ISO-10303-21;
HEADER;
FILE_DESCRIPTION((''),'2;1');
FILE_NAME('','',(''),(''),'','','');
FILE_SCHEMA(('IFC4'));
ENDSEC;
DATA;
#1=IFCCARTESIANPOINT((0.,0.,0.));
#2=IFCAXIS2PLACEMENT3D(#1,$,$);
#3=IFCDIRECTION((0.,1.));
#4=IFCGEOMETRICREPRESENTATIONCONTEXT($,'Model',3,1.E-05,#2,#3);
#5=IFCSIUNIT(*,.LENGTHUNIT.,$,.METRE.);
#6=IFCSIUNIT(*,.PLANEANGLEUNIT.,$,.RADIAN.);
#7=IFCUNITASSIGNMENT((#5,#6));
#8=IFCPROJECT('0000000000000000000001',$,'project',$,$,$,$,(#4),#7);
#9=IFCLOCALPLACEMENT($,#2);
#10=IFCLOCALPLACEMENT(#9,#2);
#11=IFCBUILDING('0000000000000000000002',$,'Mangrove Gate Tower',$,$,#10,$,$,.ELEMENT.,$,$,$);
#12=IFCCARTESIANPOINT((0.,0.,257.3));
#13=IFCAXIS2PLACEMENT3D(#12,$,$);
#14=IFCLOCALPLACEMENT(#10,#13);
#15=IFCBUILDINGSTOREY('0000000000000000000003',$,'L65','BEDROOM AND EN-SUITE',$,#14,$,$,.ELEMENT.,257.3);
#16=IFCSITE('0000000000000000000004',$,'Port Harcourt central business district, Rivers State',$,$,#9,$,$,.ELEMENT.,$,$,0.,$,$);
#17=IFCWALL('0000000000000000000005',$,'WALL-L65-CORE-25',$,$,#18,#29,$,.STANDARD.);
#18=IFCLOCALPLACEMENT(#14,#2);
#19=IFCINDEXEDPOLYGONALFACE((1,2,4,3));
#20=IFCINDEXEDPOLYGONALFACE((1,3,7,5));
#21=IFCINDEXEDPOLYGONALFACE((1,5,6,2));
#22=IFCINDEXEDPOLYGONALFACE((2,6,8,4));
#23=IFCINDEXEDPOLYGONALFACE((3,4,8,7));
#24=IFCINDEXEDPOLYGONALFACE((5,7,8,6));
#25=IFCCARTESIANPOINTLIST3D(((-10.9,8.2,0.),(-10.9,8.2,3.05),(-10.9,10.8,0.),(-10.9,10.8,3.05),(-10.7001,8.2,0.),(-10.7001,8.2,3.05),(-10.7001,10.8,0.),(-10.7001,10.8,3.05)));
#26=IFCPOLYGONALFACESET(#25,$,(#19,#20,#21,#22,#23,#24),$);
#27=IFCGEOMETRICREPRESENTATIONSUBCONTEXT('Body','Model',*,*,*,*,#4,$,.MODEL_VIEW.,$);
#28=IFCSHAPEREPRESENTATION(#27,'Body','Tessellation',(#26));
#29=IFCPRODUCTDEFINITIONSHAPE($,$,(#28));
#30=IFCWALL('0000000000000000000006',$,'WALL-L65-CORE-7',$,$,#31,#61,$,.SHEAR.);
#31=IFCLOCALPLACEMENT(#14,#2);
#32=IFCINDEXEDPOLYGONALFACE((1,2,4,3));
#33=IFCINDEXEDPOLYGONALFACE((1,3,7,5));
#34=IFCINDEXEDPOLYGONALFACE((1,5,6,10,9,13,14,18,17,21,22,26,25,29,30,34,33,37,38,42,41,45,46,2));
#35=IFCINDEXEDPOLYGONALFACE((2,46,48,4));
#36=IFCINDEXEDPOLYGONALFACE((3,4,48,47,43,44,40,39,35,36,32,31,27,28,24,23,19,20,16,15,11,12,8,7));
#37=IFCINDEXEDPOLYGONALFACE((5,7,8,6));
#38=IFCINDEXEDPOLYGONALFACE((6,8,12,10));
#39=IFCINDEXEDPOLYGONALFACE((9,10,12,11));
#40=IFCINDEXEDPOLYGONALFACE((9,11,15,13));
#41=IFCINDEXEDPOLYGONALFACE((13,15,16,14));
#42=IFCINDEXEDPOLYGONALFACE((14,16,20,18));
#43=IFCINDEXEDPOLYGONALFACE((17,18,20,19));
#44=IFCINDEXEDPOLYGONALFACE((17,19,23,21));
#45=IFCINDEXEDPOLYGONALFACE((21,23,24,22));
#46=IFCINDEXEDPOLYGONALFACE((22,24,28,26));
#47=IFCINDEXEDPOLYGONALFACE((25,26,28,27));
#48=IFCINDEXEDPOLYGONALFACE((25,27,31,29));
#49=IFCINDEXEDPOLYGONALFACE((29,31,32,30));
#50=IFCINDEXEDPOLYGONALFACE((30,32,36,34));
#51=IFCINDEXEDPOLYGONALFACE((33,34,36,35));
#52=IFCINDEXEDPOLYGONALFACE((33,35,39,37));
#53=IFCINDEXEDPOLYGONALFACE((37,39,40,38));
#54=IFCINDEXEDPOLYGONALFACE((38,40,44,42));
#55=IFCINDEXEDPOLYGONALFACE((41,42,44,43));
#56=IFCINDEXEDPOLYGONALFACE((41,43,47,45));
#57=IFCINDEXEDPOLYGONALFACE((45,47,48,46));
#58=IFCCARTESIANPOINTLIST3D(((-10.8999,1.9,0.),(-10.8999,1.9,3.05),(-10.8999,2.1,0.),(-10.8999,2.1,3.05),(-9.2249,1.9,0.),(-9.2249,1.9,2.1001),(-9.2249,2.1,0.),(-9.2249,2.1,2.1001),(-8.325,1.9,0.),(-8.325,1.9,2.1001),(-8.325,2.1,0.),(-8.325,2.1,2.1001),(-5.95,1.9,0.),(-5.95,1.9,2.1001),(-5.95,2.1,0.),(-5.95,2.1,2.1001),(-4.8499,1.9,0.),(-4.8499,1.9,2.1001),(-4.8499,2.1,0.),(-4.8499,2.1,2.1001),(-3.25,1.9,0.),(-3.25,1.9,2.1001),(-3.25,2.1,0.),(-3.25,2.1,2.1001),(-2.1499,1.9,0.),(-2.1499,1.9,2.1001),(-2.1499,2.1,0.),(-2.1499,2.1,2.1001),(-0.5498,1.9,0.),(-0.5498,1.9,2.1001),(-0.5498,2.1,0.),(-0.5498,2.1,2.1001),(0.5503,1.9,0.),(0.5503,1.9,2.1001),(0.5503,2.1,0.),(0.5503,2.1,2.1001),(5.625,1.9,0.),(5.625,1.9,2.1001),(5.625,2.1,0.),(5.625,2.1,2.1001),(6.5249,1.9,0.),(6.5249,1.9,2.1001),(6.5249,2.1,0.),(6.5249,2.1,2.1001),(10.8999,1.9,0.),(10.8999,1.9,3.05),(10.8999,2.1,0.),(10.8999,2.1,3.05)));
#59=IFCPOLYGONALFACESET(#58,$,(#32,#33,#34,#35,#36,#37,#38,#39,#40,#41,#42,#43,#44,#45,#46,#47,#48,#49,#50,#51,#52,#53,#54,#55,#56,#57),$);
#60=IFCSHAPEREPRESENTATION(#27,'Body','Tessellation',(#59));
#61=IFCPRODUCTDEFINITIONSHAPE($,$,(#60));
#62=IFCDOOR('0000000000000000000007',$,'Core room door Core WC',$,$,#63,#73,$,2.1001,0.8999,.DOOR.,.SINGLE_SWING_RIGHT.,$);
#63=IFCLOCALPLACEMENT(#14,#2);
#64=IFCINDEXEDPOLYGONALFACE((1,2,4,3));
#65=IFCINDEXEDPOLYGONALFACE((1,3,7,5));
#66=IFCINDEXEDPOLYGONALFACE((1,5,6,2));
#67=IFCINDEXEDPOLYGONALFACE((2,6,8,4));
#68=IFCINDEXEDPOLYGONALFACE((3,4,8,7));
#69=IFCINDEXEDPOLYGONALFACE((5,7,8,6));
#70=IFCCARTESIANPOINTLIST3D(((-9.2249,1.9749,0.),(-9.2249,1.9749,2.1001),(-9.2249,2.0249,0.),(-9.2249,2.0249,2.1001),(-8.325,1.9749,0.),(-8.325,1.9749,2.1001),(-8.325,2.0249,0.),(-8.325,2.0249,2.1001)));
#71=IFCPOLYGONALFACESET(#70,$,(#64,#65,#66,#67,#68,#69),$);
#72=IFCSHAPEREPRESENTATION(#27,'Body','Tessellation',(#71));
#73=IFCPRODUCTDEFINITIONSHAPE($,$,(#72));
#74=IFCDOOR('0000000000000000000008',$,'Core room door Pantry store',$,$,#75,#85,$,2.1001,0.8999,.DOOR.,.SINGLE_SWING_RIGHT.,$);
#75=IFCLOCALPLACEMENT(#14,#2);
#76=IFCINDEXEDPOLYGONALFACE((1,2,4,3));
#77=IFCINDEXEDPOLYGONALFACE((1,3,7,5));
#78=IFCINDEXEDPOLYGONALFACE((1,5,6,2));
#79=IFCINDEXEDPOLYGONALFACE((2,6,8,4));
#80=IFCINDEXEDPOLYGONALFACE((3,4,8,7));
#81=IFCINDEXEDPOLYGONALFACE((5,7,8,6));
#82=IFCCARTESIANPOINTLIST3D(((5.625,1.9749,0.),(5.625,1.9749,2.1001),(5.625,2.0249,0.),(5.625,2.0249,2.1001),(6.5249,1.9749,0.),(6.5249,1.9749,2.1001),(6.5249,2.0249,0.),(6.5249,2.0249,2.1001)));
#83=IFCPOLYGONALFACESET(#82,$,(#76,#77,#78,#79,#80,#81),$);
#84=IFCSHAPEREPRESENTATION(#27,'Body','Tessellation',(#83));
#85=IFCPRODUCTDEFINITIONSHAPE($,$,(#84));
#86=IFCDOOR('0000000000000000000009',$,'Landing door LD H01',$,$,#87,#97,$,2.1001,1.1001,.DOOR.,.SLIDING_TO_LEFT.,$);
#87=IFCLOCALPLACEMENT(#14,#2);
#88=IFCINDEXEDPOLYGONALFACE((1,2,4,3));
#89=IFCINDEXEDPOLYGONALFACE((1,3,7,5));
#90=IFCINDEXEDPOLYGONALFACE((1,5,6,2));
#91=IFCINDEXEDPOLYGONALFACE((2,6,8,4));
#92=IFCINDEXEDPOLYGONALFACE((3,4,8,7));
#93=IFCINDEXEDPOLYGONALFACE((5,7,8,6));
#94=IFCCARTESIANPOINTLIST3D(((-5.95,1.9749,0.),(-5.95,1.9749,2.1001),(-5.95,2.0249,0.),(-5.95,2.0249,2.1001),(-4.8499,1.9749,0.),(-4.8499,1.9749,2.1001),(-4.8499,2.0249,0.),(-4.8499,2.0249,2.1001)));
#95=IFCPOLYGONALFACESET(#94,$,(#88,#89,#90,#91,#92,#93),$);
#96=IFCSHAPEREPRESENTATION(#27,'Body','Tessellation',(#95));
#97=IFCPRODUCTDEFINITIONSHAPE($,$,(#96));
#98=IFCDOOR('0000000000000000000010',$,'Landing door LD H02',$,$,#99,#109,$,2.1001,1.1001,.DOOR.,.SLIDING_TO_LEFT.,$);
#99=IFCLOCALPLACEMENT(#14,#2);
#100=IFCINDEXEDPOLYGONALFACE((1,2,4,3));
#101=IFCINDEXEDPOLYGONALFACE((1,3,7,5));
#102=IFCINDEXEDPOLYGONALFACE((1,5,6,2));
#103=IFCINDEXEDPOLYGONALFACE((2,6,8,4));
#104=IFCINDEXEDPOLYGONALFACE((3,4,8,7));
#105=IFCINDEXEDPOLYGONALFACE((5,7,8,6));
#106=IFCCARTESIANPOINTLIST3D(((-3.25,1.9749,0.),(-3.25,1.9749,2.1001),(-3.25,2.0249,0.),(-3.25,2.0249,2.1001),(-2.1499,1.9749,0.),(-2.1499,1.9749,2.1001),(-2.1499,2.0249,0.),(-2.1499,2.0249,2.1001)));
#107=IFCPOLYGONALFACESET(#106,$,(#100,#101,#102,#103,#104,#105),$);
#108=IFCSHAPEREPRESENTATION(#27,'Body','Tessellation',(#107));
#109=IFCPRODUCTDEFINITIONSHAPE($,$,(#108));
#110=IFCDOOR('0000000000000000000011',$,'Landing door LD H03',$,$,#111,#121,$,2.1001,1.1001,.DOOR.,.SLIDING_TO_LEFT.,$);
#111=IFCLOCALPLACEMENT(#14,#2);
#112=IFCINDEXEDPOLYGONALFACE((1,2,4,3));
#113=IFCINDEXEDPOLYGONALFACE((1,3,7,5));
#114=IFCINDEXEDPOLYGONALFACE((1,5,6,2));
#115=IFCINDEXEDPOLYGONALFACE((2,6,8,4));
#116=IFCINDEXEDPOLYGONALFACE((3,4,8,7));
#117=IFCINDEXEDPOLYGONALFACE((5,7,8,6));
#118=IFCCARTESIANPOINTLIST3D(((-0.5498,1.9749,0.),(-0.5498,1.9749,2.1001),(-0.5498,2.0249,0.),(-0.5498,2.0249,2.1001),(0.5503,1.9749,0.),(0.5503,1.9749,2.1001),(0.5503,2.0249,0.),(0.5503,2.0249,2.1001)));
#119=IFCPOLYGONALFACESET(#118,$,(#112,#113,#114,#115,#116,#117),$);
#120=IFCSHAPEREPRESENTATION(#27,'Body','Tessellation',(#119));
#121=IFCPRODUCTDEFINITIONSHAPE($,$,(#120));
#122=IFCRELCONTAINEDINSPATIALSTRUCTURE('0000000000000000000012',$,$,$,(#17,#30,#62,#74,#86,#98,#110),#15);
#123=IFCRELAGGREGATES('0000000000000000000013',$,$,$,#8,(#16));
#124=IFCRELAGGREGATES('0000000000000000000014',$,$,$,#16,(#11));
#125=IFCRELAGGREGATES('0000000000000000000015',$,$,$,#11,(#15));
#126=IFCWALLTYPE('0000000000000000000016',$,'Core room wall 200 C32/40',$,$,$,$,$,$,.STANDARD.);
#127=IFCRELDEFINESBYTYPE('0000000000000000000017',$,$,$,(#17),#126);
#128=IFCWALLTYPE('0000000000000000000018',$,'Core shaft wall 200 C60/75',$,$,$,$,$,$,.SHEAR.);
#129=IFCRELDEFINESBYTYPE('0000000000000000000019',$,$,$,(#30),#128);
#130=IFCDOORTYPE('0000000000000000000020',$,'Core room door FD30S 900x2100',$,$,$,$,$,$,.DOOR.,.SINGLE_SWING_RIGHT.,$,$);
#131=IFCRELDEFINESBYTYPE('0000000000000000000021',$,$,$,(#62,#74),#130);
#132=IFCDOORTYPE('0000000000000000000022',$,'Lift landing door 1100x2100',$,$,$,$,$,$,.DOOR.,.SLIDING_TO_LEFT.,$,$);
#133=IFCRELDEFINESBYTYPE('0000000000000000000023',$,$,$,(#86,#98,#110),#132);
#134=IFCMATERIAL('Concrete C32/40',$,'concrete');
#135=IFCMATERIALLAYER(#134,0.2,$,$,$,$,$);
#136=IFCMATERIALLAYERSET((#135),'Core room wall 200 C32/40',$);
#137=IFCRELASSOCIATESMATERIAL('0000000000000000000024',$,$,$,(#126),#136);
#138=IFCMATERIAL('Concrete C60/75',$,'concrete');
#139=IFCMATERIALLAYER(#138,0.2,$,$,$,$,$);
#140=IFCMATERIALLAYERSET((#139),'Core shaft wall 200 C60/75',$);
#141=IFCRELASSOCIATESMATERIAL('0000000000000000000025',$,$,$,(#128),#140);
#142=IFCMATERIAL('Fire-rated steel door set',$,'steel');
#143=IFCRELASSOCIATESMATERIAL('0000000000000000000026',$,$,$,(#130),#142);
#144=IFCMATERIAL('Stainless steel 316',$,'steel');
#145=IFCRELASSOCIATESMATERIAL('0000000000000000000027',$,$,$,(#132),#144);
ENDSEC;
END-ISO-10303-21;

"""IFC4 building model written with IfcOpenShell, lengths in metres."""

from ifc_helpers import new_model, si_unit, direction, frame, frame_2d, origin, place, context, subcontext, project, spatial, rectangle, extrude, material, layer, layer_set, type_object, element, fill, save


model = new_model("IFC4")

# Units and contexts
model_context = context("Model", 3, precision=1e-05, world=origin(), true_north=direction((0.0, 1.0)))
body_context = subcontext(model_context, "Body", "Model", "MODEL_VIEW")
ifc_project = project(units=[si_unit("LENGTHUNIT", "METRE"), si_unit("PLANEANGLEUNIT", "RADIAN")], contexts=[model_context])

# Site, building, storey
site_placement = place(None, origin())
site = spatial("IfcSite", under=ifc_project, at=site_placement, Name="Port Harcourt central business district, Rivers State", CompositionType="ELEMENT", RefElevation=0.0)
building_placement = place(site_placement, origin())
building = spatial("IfcBuilding", under=site, at=building_placement, Name="Mangrove Gate Tower", CompositionType="ELEMENT")
storey_placement = place(building_placement, frame((0.0, 0.0, 257.3)))
storey = spatial("IfcBuildingStorey", under=building, at=storey_placement, Name="L65", Description="BEDROOM AND EN-SUITE", CompositionType="ELEMENT", Elevation=257.3)

# Wall
ifc_material_1 = material(Name="Concrete C32/40", Category="concrete")
ifc_layer_1 = layer(ifc_material_1, 0.2)
ifc_layer_set_1 = layer_set([ifc_layer_1], Name="Core room wall 200 C32/40")
wall_type_1 = type_object("IfcWallType", Name="Core room wall 200 C32/40", PredefinedType="STANDARD", material=ifc_layer_set_1)
wall_1_placement = place(storey_placement, frame((-10.8, 8.2, 0.0), z_axis=(0.0, 0.0, 1.0), x_axis=(0.0, 1.0, 0.0)))
element("IfcWall", 1, at=wall_1_placement, inside=storey, type_object=wall_type_1, Name="WALL-L65-CORE-25", PredefinedType="STANDARD", context=body_context, shape_type="SweptSolid", body=[
    extrude(rectangle(XDim=2.6001, YDim=0.2, at=frame_2d((1.3, 0.0))), origin(), (0.0, 0.0, 1.0), 3.05),
])

# Wall, openings, doors
ifc_material_2 = material(Name="Concrete C60/75", Category="concrete")
ifc_layer_2 = layer(ifc_material_2, 0.2)
ifc_layer_set_2 = layer_set([ifc_layer_2], Name="Core shaft wall 200 C60/75")
wall_type_2 = type_object("IfcWallType", Name="Core shaft wall 200 C60/75", PredefinedType="SHEAR", material=ifc_layer_set_2)
wall_2_placement = place(storey_placement, frame((-10.8999, 2.0, 0.0), z_axis=(0.0, 0.0, 1.0), x_axis=(1.0, 0.0, 0.0)))
wall_2 = element("IfcWall", 2, at=wall_2_placement, inside=storey, type_object=wall_type_2, Name="WALL-L65-CORE-7", PredefinedType="SHEAR", context=body_context, shape_type="SweptSolid", body=[
    extrude(rectangle(XDim=21.7998, YDim=0.2, at=frame_2d((10.8999, 0.0))), origin(), (0.0, 0.0, 1.0), 3.05),
])
opening_1_placement = place(wall_2_placement, frame((4.95, 0.0, 0.0)))
opening_1 = element("IfcOpeningElement", 3, at=opening_1_placement, cuts=wall_2, PredefinedType="OPENING", context=body_context, shape_type="SweptSolid", body=[
    extrude(rectangle(XDim=1.1001, YDim=2.1001, at=frame_2d((0.55, 1.05))), frame((0.0, 0.1099, 0.0), z_axis=(0.0, -1.0, 0.0), x_axis=(1.0, 0.0, 0.0)), (0.0, 0.0, 1.0), 0.22),
])
opening_2_placement = place(wall_2_placement, frame((7.6499, 0.0, 0.0)))
opening_2 = element("IfcOpeningElement", 4, at=opening_2_placement, cuts=wall_2, PredefinedType="OPENING", context=body_context, shape_type="SweptSolid", body=[
    extrude(rectangle(XDim=1.1001, YDim=2.1001, at=frame_2d((0.55, 1.05))), frame((0.0, 0.1099, 0.0), z_axis=(0.0, -1.0, 0.0), x_axis=(1.0, 0.0, 0.0)), (0.0, 0.0, 1.0), 0.22),
])
opening_3_placement = place(wall_2_placement, frame((10.3501, 0.0, 0.0)))
opening_3 = element("IfcOpeningElement", 5, at=opening_3_placement, cuts=wall_2, PredefinedType="OPENING", context=body_context, shape_type="SweptSolid", body=[
    extrude(rectangle(XDim=1.1001, YDim=2.1001, at=frame_2d((0.55, 1.05))), frame((0.0, 0.1099, 0.0), z_axis=(0.0, -1.0, 0.0), x_axis=(1.0, 0.0, 0.0)), (0.0, 0.0, 1.0), 0.22),
])
opening_4_placement = place(wall_2_placement, frame((1.675, 0.0, 0.0)))
opening_4 = element("IfcOpeningElement", 6, at=opening_4_placement, cuts=wall_2, PredefinedType="OPENING", context=body_context, shape_type="SweptSolid", body=[
    extrude(rectangle(XDim=0.8999, YDim=2.1001, at=frame_2d((0.45, 1.05))), frame((0.0, 0.1099, 0.0), z_axis=(0.0, -1.0, 0.0), x_axis=(1.0, 0.0, 0.0)), (0.0, 0.0, 1.0), 0.22),
])
opening_5_placement = place(wall_2_placement, frame((16.5249, 0.0, 0.0)))
opening_5 = element("IfcOpeningElement", 7, at=opening_5_placement, cuts=wall_2, PredefinedType="OPENING", context=body_context, shape_type="SweptSolid", body=[
    extrude(rectangle(XDim=0.8999, YDim=2.1001, at=frame_2d((0.45, 1.05))), frame((0.0, 0.1099, 0.0), z_axis=(0.0, -1.0, 0.0), x_axis=(1.0, 0.0, 0.0)), (0.0, 0.0, 1.0), 0.22),
])
ifc_material_3 = material(Name="Fire-rated steel door set", Category="steel")
door_type_1 = type_object("IfcDoorType", Name="Core room door FD30S 900x2100", OperationType="SINGLE_SWING_RIGHT", PredefinedType="DOOR", material=ifc_material_3)
door_1_placement = place(opening_4_placement, origin())
door_1 = element("IfcDoor", 8, at=door_1_placement, inside=storey, type_object=door_type_1, Name="Core room door Core WC", OperationType="SINGLE_SWING_RIGHT", OverallHeight=2.1001, OverallWidth=0.8999, PredefinedType="DOOR", context=body_context, shape_type="SweptSolid", body=[
    extrude(rectangle(XDim=0.8999, YDim=2.1001, at=frame_2d((0.45, 1.05))), frame((0.0, 0.0249, 0.0), z_axis=(0.0, -1.0, 0.0), x_axis=(1.0, 0.0, 0.0)), (0.0, 0.0, 1.0), 0.05),
])
fill(opening_4, door_1)
door_2_placement = place(opening_5_placement, origin())
door_2 = element("IfcDoor", 9, at=door_2_placement, inside=storey, type_object=door_type_1, Name="Core room door Pantry store", OperationType="SINGLE_SWING_RIGHT", OverallHeight=2.1001, OverallWidth=0.8999, PredefinedType="DOOR", context=body_context, shape_type="SweptSolid", body=[
    extrude(rectangle(XDim=0.8999, YDim=2.1001, at=frame_2d((0.45, 1.05))), frame((0.0, 0.0249, 0.0), z_axis=(0.0, -1.0, 0.0), x_axis=(1.0, 0.0, 0.0)), (0.0, 0.0, 1.0), 0.05),
])
fill(opening_5, door_2)
ifc_material_4 = material(Name="Stainless steel 316", Category="steel")
door_type_2 = type_object("IfcDoorType", Name="Lift landing door 1100x2100", OperationType="SLIDING_TO_LEFT", PredefinedType="DOOR", material=ifc_material_4)
door_3_placement = place(opening_1_placement, origin())
door_3 = element("IfcDoor", 10, at=door_3_placement, inside=storey, type_object=door_type_2, Name="Landing door LD H01", OperationType="SLIDING_TO_LEFT", OverallHeight=2.1001, OverallWidth=1.1001, PredefinedType="DOOR", context=body_context, shape_type="SweptSolid", body=[
    extrude(rectangle(XDim=1.1001, YDim=2.1001, at=frame_2d((0.55, 1.05))), frame((0.0, 0.0249, 0.0), z_axis=(0.0, -1.0, 0.0), x_axis=(1.0, 0.0, 0.0)), (0.0, 0.0, 1.0), 0.05),
])
fill(opening_1, door_3)
door_4_placement = place(opening_2_placement, origin())
door_4 = element("IfcDoor", 11, at=door_4_placement, inside=storey, type_object=door_type_2, Name="Landing door LD H02", OperationType="SLIDING_TO_LEFT", OverallHeight=2.1001, OverallWidth=1.1001, PredefinedType="DOOR", context=body_context, shape_type="SweptSolid", body=[
    extrude(rectangle(XDim=1.1001, YDim=2.1001, at=frame_2d((0.55, 1.05))), frame((0.0, 0.0249, 0.0), z_axis=(0.0, -1.0, 0.0), x_axis=(1.0, 0.0, 0.0)), (0.0, 0.0, 1.0), 0.05),
])
fill(opening_2, door_4)
door_5_placement = place(opening_3_placement, origin())
door_5 = element("IfcDoor", 12, at=door_5_placement, inside=storey, type_object=door_type_2, Name="Landing door LD H03", OperationType="SLIDING_TO_LEFT", OverallHeight=2.1001, OverallWidth=1.1001, PredefinedType="DOOR", context=body_context, shape_type="SweptSolid", body=[
    extrude(rectangle(XDim=1.1001, YDim=2.1001, at=frame_2d((0.55, 1.05))), frame((0.0, 0.0249, 0.0), z_axis=(0.0, -1.0, 0.0), x_axis=(1.0, 0.0, 0.0)), (0.0, 0.0, 1.0), 0.05),
])
fill(opening_3, door_5)

save(model, "model.ifc")
